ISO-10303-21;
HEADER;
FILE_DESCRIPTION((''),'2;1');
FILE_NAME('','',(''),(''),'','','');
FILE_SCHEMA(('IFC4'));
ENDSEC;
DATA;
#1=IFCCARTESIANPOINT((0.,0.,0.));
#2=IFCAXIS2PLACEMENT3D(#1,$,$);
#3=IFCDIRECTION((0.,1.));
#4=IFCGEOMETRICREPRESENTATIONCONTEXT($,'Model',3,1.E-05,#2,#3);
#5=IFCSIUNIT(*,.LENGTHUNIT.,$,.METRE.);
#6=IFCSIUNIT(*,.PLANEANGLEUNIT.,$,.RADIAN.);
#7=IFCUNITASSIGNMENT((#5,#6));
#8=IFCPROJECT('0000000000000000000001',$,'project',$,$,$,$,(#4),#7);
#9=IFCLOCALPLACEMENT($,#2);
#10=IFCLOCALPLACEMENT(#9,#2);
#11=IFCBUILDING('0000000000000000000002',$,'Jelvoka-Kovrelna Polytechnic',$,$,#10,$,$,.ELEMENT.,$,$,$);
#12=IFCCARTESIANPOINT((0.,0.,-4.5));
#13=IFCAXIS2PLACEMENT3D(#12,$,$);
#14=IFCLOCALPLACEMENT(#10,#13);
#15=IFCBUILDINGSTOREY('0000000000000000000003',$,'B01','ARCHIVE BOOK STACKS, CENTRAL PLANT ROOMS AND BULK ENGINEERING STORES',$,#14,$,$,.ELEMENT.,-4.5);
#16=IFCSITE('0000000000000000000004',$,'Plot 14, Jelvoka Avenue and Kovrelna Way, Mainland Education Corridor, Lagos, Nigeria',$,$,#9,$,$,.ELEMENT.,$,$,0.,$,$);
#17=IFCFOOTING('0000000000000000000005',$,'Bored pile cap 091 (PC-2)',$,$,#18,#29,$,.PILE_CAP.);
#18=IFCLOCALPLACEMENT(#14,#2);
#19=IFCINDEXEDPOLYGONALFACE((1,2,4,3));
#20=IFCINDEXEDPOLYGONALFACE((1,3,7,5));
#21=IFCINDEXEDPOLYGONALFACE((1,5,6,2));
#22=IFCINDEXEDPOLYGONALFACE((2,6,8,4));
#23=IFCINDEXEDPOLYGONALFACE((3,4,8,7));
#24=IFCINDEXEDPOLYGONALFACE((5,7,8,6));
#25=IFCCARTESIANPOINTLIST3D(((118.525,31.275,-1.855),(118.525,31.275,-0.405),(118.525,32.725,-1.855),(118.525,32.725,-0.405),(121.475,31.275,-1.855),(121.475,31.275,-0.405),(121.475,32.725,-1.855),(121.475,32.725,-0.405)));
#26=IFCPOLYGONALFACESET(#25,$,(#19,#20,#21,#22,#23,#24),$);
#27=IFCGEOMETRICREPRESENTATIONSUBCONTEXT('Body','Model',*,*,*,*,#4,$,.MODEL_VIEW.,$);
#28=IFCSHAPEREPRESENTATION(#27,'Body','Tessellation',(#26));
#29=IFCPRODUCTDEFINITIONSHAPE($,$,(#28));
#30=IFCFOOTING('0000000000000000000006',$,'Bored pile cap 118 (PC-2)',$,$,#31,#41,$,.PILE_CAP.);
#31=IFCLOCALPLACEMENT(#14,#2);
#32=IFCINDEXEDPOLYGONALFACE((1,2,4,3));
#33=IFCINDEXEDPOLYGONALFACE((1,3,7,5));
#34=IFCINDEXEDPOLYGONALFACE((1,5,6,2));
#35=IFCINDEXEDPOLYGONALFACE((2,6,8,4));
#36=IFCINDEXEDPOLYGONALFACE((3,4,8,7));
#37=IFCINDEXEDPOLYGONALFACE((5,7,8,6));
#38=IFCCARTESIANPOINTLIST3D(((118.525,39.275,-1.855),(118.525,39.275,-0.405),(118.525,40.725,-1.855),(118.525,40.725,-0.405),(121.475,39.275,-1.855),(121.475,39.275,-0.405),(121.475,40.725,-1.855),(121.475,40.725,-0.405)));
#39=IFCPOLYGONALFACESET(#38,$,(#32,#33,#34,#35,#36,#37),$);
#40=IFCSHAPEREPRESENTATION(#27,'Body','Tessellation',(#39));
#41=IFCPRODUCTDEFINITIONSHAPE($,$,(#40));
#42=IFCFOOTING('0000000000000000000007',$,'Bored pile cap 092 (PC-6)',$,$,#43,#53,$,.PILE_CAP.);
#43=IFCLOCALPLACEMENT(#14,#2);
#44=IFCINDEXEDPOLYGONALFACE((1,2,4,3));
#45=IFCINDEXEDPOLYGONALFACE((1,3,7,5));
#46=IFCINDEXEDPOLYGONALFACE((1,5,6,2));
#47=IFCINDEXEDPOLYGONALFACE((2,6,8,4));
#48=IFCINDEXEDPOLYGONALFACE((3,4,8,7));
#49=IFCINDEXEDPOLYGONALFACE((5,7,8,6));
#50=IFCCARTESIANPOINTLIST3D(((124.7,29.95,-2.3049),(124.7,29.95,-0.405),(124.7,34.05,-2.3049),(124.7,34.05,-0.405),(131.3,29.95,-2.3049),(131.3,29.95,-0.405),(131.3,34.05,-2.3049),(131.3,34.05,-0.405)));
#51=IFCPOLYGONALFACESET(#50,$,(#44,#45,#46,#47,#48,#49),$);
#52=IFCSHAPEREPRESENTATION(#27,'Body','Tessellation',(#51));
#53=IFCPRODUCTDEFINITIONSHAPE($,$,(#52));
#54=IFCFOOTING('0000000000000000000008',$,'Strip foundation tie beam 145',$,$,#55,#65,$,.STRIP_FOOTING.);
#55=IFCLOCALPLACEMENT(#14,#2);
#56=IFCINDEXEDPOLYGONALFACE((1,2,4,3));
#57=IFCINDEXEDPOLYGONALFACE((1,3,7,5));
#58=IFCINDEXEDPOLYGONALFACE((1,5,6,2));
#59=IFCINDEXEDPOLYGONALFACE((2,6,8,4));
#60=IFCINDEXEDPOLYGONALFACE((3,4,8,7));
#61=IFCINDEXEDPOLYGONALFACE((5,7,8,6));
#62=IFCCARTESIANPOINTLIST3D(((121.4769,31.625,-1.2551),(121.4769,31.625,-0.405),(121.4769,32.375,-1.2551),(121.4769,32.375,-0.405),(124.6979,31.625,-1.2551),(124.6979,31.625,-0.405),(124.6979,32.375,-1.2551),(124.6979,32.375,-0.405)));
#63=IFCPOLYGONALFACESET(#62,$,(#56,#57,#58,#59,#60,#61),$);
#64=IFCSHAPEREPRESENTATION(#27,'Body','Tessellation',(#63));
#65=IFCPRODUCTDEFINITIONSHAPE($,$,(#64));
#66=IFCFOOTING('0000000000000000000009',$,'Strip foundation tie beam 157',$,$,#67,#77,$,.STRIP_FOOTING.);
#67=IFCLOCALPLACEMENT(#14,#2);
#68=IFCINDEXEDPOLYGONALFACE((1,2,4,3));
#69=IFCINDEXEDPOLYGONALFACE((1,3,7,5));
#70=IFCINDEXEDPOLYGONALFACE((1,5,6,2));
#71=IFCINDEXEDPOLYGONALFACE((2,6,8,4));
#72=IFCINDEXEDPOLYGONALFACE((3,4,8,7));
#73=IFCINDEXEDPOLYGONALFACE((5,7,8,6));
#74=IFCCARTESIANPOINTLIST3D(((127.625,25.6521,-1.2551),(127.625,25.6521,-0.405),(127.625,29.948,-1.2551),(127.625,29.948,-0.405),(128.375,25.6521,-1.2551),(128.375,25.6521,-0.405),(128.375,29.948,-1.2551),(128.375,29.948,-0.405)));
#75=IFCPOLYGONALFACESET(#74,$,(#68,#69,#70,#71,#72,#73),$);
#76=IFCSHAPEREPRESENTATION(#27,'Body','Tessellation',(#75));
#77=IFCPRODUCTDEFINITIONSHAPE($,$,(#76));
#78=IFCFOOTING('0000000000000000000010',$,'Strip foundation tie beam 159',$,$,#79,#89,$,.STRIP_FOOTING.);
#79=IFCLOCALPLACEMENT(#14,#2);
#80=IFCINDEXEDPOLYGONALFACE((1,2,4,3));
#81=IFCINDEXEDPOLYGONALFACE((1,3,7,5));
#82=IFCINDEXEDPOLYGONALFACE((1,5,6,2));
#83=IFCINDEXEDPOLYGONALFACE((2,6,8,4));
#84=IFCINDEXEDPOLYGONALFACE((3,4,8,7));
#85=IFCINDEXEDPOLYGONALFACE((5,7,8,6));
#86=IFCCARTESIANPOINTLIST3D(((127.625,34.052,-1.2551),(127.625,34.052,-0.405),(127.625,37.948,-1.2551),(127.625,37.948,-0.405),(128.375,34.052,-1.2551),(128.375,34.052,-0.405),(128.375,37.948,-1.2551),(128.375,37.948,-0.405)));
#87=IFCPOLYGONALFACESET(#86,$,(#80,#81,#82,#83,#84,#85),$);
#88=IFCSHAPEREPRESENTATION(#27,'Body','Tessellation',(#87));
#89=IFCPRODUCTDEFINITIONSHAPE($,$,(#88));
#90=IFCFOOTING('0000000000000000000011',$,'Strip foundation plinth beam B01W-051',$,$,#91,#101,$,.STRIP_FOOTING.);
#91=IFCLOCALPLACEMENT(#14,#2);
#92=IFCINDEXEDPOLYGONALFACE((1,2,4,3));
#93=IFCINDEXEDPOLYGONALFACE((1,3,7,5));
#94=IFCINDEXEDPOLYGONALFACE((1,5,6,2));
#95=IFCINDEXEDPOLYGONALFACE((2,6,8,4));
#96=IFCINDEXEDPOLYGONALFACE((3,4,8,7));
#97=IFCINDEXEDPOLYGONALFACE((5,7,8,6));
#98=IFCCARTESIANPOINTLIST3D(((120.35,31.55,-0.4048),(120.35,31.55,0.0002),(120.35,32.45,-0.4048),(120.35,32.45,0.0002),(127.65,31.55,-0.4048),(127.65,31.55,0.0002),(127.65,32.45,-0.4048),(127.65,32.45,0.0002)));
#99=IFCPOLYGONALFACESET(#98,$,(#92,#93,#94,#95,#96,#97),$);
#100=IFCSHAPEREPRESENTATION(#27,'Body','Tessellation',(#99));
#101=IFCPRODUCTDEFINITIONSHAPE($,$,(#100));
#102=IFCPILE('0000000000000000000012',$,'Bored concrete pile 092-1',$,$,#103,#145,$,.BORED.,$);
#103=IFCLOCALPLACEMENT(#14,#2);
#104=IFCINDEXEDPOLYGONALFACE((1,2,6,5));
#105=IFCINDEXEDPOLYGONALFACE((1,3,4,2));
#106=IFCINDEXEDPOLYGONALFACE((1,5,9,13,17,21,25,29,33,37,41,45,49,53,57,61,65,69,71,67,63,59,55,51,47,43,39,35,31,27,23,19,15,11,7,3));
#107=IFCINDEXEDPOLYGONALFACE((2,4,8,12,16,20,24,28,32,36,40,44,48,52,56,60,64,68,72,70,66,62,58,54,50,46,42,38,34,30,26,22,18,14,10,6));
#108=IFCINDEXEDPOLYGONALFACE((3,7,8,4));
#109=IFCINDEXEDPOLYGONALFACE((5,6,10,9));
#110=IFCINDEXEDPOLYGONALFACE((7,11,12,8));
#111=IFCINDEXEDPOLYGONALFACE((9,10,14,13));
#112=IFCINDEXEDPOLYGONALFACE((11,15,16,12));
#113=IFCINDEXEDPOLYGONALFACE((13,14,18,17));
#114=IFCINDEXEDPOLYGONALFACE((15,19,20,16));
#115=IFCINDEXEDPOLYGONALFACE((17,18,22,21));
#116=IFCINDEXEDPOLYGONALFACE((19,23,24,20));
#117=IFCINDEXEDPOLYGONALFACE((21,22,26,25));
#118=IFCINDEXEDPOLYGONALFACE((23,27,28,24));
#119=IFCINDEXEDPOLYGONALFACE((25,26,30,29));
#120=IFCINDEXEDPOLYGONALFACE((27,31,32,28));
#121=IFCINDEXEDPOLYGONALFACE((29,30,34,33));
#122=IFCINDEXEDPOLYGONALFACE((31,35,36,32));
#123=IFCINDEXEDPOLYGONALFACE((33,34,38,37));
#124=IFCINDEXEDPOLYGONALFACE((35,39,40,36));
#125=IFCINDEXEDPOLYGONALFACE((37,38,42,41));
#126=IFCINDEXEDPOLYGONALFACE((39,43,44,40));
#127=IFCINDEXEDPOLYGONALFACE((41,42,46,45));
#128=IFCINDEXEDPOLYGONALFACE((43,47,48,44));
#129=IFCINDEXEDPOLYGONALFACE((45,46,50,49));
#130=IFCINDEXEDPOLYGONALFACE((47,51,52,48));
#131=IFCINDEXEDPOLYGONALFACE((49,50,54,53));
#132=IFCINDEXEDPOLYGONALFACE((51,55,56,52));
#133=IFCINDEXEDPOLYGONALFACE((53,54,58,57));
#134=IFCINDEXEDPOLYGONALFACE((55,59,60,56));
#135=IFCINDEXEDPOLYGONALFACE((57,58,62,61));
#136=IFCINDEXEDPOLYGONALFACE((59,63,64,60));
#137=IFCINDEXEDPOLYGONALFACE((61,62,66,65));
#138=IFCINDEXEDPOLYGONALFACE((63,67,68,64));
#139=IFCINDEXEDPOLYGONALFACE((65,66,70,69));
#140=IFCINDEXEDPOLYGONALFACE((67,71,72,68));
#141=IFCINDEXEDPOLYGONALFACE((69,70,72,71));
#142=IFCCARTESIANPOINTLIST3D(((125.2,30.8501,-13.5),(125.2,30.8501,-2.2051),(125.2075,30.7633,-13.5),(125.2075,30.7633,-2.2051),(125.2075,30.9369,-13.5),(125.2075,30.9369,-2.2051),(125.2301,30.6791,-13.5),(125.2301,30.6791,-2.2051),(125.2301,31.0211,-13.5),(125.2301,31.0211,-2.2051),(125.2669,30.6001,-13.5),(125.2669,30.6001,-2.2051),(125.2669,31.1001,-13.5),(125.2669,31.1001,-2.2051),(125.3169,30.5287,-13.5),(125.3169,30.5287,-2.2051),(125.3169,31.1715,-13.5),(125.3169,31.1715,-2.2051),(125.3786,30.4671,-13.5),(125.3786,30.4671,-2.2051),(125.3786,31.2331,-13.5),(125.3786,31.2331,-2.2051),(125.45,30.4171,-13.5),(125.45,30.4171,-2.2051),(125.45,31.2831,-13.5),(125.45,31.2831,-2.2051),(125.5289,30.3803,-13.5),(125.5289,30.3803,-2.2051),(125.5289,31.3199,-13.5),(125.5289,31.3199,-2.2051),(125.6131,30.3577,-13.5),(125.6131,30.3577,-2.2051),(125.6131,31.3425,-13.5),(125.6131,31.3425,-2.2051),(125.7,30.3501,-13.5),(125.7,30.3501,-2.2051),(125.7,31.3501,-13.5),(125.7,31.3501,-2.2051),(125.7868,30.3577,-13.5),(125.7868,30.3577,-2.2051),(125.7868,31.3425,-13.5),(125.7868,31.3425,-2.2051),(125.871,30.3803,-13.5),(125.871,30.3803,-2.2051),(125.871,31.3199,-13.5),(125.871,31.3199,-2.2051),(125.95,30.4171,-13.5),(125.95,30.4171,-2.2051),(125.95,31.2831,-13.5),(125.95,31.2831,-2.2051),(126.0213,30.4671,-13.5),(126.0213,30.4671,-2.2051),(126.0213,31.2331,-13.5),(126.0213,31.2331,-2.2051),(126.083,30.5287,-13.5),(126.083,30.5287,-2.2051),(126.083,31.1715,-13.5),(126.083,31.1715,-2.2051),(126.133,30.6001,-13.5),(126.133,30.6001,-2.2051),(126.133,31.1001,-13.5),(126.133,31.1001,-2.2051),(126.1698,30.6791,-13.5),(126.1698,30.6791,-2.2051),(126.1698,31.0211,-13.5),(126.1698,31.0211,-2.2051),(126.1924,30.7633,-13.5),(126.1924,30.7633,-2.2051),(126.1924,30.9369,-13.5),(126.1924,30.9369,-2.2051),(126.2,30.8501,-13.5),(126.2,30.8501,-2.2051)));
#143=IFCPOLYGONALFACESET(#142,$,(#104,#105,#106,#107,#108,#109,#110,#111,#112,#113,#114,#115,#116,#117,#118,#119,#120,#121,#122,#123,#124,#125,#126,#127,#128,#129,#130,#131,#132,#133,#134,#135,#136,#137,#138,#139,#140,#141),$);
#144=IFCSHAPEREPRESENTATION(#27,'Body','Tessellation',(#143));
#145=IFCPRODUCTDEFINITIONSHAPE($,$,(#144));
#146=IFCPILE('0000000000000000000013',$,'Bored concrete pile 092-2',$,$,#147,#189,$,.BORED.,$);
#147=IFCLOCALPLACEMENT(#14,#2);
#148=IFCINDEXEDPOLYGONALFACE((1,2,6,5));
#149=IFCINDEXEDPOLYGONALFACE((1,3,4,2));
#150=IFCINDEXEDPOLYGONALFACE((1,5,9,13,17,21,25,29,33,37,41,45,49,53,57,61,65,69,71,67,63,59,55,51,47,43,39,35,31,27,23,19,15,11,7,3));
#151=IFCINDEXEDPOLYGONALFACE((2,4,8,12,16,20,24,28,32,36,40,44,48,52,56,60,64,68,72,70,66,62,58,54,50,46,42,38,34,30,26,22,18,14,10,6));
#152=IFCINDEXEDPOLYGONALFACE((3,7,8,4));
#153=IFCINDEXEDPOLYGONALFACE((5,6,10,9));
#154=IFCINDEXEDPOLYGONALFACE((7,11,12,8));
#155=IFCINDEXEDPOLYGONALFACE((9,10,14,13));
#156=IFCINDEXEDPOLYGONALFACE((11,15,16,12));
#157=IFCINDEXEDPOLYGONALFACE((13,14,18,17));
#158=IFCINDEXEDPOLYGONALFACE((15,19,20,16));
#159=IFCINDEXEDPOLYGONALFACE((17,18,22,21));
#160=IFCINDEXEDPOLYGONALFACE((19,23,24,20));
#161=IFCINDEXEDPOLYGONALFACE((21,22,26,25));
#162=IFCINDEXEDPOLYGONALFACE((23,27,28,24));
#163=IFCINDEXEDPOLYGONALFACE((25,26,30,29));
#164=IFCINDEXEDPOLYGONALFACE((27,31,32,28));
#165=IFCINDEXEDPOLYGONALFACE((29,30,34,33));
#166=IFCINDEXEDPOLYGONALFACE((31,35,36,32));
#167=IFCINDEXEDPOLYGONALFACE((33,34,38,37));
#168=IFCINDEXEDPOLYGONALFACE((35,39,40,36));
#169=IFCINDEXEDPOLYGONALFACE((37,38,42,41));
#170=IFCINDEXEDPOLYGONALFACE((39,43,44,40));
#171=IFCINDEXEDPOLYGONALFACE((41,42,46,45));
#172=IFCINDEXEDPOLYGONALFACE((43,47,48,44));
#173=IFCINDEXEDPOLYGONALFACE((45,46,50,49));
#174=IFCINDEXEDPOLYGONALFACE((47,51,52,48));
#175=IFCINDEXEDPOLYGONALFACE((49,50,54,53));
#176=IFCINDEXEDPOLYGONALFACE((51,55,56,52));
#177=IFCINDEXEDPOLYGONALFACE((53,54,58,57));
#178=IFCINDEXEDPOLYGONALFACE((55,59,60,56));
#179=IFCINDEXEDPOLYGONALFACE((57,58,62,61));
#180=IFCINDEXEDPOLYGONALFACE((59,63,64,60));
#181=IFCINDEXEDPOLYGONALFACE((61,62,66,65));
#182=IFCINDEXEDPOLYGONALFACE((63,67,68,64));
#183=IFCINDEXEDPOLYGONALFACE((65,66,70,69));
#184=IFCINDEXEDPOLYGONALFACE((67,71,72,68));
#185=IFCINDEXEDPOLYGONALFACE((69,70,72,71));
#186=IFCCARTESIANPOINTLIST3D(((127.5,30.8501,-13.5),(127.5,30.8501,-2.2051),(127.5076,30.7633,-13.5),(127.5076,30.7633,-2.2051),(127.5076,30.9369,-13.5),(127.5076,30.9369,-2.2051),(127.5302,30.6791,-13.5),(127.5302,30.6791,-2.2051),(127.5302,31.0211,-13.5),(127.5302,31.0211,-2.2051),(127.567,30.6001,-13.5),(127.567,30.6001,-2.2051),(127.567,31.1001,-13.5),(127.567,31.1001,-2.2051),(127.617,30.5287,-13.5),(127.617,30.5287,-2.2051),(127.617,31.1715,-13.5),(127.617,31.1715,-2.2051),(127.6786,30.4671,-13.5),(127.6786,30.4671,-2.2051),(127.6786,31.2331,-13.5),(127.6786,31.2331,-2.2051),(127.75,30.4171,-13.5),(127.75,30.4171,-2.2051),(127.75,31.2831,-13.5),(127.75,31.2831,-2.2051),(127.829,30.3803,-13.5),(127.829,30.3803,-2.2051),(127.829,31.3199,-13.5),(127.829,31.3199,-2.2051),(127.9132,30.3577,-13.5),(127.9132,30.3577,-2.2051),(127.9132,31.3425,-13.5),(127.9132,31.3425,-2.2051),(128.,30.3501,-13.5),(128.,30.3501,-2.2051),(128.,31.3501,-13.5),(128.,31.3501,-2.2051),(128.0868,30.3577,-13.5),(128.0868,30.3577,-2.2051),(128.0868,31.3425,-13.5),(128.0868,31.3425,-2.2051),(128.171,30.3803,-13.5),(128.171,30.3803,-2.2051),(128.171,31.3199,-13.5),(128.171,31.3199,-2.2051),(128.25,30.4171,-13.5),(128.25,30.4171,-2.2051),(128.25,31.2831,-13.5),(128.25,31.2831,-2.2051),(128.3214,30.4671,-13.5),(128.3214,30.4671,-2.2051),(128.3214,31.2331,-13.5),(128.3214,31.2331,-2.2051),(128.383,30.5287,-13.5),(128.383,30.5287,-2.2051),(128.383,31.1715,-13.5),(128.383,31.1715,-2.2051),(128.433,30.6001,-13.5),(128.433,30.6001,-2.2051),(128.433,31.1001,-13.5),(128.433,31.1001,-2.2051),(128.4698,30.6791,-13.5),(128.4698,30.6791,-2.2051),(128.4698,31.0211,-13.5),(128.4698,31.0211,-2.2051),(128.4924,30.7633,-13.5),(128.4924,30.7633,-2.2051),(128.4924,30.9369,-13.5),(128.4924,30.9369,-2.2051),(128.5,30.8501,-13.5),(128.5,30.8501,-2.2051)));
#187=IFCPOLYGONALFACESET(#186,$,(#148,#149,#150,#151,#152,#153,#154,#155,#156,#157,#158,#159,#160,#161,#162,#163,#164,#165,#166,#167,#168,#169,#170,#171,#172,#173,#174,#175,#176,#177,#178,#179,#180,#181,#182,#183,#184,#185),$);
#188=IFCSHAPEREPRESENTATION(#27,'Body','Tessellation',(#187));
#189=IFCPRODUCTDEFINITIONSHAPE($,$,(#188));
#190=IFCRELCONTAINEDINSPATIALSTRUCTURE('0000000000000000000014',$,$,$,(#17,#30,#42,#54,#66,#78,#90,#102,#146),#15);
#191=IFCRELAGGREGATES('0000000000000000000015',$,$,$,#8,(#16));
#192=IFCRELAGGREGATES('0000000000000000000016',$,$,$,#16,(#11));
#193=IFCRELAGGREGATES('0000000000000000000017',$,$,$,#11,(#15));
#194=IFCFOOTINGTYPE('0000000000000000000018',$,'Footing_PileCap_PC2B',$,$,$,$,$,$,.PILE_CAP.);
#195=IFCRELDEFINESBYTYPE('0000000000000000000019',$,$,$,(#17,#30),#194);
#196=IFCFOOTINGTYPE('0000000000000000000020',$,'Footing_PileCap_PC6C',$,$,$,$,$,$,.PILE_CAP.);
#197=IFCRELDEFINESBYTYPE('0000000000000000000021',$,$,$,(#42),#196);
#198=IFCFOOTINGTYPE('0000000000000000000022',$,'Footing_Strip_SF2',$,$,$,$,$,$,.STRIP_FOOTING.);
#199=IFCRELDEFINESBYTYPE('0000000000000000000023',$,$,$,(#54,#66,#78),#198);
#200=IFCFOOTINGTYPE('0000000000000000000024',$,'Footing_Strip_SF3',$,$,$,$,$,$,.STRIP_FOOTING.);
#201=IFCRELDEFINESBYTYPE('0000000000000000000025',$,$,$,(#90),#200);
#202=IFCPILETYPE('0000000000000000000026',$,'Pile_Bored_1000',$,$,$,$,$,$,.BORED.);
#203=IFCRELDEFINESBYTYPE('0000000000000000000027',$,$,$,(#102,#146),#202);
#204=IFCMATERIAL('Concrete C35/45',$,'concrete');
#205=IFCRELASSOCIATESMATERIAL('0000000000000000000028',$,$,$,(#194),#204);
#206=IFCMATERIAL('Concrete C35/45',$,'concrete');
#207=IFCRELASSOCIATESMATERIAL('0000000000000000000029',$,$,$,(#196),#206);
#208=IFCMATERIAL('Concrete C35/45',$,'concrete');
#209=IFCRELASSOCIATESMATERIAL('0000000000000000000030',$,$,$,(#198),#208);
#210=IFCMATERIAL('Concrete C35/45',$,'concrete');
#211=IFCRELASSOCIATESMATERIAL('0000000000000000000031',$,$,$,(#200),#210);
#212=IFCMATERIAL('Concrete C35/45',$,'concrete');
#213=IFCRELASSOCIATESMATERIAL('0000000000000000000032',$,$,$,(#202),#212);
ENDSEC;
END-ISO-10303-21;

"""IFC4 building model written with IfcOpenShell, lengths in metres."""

from ifc_helpers import new_model, si_unit, direction, frame, origin, origin_2d, place, context, subcontext, project, spatial, rectangle, circle, extrude, material, material_profile, profile_set, type_object, element, save


model = new_model("IFC4")

# Units and contexts
model_context = context("Model", 3, precision=1e-05, world=origin(), true_north=direction((0.0, 1.0)))
body_context = subcontext(model_context, "Body", "Model", "MODEL_VIEW")
ifc_project = project(units=[si_unit("LENGTHUNIT", "METRE"), si_unit("PLANEANGLEUNIT", "RADIAN")], contexts=[model_context])

# Site, building, storey
site_placement = place(None, origin())
site = spatial("IfcSite", under=ifc_project, at=site_placement, Name="Plot 14, Jelvoka Avenue and Kovrelna Way, Mainland Education Corridor, Lagos, Nigeria", CompositionType="ELEMENT", RefElevation=0.0)
building_placement = place(site_placement, origin())
building = spatial("IfcBuilding", under=site, at=building_placement, Name="Jelvoka-Kovrelna Polytechnic", CompositionType="ELEMENT")
storey_placement = place(building_placement, frame((0.0, 0.0, -4.5)))
storey = spatial("IfcBuildingStorey", under=building, at=storey_placement, Name="B01", Description="ARCHIVE BOOK STACKS, CENTRAL PLANT ROOMS AND BULK ENGINEERING STORES", CompositionType="ELEMENT", Elevation=-4.5)

# Footings
ifc_material_1 = material(Name="Concrete C35/45", Category="concrete")
footing_type_1 = type_object("IfcFootingType", Name="Footing_PileCap_PC2B", PredefinedType="PILE_CAP", material=ifc_material_1)
for number, where, z_axis, x_axis, name in (
    (1, (120.0, 32.0, -1.855), (0.0, 0.0, 1.0), (1.0, 0.0, 0.0), "Bored pile cap 091 (PC-2)"),
    (2, (120.0, 40.0, -1.855), (0.0, 0.0, 1.0), (1.0, 0.0, 0.0), "Bored pile cap 118 (PC-2)"),
):
    element("IfcFooting", number, at=place(storey_placement, frame(where, z_axis=z_axis, x_axis=x_axis)), inside=storey, type_object=footing_type_1, Name=name, PredefinedType="PILE_CAP", context=body_context, shape_type="SweptSolid", body=[
        extrude(rectangle(XDim=2.95, YDim=1.45, at=origin_2d()), origin(), (0.0, 0.0, 1.0), 1.45),
    ])
ifc_material_2 = material(Name="Concrete C35/45", Category="concrete")
footing_type_2 = type_object("IfcFootingType", Name="Footing_PileCap_PC6C", PredefinedType="PILE_CAP", material=ifc_material_2)
footing_1_placement = place(storey_placement, frame((128.0, 32.0, -2.3049), z_axis=(0.0, 0.0, 1.0), x_axis=(1.0, 0.0, 0.0)))
element("IfcFooting", 3, at=footing_1_placement, inside=storey, type_object=footing_type_2, Name="Bored pile cap 092 (PC-6)", PredefinedType="PILE_CAP", context=body_context, shape_type="SweptSolid", body=[
    extrude(rectangle(XDim=6.6001, YDim=4.1001, at=origin_2d()), origin(), (0.0, 0.0, 1.0), 1.8999),
])
ifc_material_3 = material(Name="Concrete C35/45", Category="concrete")
footing_type_3 = type_object("IfcFootingType", Name="Footing_Strip_SF2", PredefinedType="STRIP_FOOTING", material=ifc_material_3)
footing_2_placement = place(storey_placement, frame((123.0874, 32.0, -1.2551), z_axis=(0.0, 0.0, 1.0), x_axis=(1.0, 0.0, 0.0)))
element("IfcFooting", 4, at=footing_2_placement, inside=storey, type_object=footing_type_3, Name="Strip foundation tie beam 145", PredefinedType="STRIP_FOOTING", context=body_context, shape_type="SweptSolid", body=[
    extrude(rectangle(XDim=3.2209, YDim=0.75, at=origin_2d()), origin(), (0.0, 0.0, 1.0), 0.8501),
])
footing_3_placement = place(storey_placement, frame((128.0, 27.8, -1.2551), z_axis=(0.0, 0.0, 1.0), x_axis=(0.0, 1.0, 0.0)))
element("IfcFooting", 5, at=footing_3_placement, inside=storey, type_object=footing_type_3, Name="Strip foundation tie beam 157", PredefinedType="STRIP_FOOTING", context=body_context, shape_type="SweptSolid", body=[
    extrude(rectangle(XDim=4.2959, YDim=0.75, at=origin_2d()), origin(), (0.0, 0.0, 1.0), 0.8501),
])
footing_4_placement = place(storey_placement, frame((128.0, 36.0, -1.2551), z_axis=(0.0, 0.0, 1.0), x_axis=(0.0, 1.0, 0.0)))
element("IfcFooting", 6, at=footing_4_placement, inside=storey, type_object=footing_type_3, Name="Strip foundation tie beam 159", PredefinedType="STRIP_FOOTING", context=body_context, shape_type="SweptSolid", body=[
    extrude(rectangle(XDim=3.896, YDim=0.75, at=origin_2d()), origin(), (0.0, 0.0, 1.0), 0.8501),
])
ifc_material_4 = material(Name="Concrete C35/45", Category="concrete")
footing_type_4 = type_object("IfcFootingType", Name="Footing_Strip_SF3", PredefinedType="STRIP_FOOTING", material=ifc_material_4)
footing_5_placement = place(storey_placement, frame((124.0, 32.0, -0.4048), z_axis=(0.0, 0.0, 1.0), x_axis=(1.0, 0.0, 0.0)))
element("IfcFooting", 7, at=footing_5_placement, inside=storey, type_object=footing_type_4, Name="Strip foundation plinth beam B01W-051", PredefinedType="STRIP_FOOTING", context=body_context, shape_type="SweptSolid", body=[
    extrude(rectangle(XDim=7.3, YDim=0.8999, at=origin_2d()), origin(), (0.0, 0.0, 1.0), 0.405),
])

# Piles
ifc_material_5 = material(Name="Concrete C35/45", Category="concrete")
ifc_material_profile_1 = material_profile(ifc_material_5, circle(Radius=0.5, at=origin_2d()), Name="PILE D1000")
ifc_profile_set_1 = profile_set([ifc_material_profile_1], Name="Concrete C35/45")
pile_type_1 = type_object("IfcPileType", Name="Pile_Bored_1000", PredefinedType="BORED", material=ifc_profile_set_1)
for number, where, z_axis, x_axis, name in (
    (8, (125.7, 30.8501, -2.2051), (0.0, 0.0, -1.0), (1.0, 0.0, 0.0), "Bored concrete pile 092-1"),
    (9, (128.0, 30.8501, -2.2051), (0.0, 0.0, -1.0), (1.0, 0.0, 0.0), "Bored concrete pile 092-2"),
):
    element("IfcPile", number, at=place(storey_placement, frame(where, z_axis=z_axis, x_axis=x_axis)), inside=storey, type_object=pile_type_1, Name=name, PredefinedType="BORED", context=body_context, shape_type="SweptSolid", body=[
        extrude(circle(Radius=0.5, at=origin_2d()), origin(), (0.0, 0.0, 1.0), 11.2949),
    ])

save(model, "model.ifc")
